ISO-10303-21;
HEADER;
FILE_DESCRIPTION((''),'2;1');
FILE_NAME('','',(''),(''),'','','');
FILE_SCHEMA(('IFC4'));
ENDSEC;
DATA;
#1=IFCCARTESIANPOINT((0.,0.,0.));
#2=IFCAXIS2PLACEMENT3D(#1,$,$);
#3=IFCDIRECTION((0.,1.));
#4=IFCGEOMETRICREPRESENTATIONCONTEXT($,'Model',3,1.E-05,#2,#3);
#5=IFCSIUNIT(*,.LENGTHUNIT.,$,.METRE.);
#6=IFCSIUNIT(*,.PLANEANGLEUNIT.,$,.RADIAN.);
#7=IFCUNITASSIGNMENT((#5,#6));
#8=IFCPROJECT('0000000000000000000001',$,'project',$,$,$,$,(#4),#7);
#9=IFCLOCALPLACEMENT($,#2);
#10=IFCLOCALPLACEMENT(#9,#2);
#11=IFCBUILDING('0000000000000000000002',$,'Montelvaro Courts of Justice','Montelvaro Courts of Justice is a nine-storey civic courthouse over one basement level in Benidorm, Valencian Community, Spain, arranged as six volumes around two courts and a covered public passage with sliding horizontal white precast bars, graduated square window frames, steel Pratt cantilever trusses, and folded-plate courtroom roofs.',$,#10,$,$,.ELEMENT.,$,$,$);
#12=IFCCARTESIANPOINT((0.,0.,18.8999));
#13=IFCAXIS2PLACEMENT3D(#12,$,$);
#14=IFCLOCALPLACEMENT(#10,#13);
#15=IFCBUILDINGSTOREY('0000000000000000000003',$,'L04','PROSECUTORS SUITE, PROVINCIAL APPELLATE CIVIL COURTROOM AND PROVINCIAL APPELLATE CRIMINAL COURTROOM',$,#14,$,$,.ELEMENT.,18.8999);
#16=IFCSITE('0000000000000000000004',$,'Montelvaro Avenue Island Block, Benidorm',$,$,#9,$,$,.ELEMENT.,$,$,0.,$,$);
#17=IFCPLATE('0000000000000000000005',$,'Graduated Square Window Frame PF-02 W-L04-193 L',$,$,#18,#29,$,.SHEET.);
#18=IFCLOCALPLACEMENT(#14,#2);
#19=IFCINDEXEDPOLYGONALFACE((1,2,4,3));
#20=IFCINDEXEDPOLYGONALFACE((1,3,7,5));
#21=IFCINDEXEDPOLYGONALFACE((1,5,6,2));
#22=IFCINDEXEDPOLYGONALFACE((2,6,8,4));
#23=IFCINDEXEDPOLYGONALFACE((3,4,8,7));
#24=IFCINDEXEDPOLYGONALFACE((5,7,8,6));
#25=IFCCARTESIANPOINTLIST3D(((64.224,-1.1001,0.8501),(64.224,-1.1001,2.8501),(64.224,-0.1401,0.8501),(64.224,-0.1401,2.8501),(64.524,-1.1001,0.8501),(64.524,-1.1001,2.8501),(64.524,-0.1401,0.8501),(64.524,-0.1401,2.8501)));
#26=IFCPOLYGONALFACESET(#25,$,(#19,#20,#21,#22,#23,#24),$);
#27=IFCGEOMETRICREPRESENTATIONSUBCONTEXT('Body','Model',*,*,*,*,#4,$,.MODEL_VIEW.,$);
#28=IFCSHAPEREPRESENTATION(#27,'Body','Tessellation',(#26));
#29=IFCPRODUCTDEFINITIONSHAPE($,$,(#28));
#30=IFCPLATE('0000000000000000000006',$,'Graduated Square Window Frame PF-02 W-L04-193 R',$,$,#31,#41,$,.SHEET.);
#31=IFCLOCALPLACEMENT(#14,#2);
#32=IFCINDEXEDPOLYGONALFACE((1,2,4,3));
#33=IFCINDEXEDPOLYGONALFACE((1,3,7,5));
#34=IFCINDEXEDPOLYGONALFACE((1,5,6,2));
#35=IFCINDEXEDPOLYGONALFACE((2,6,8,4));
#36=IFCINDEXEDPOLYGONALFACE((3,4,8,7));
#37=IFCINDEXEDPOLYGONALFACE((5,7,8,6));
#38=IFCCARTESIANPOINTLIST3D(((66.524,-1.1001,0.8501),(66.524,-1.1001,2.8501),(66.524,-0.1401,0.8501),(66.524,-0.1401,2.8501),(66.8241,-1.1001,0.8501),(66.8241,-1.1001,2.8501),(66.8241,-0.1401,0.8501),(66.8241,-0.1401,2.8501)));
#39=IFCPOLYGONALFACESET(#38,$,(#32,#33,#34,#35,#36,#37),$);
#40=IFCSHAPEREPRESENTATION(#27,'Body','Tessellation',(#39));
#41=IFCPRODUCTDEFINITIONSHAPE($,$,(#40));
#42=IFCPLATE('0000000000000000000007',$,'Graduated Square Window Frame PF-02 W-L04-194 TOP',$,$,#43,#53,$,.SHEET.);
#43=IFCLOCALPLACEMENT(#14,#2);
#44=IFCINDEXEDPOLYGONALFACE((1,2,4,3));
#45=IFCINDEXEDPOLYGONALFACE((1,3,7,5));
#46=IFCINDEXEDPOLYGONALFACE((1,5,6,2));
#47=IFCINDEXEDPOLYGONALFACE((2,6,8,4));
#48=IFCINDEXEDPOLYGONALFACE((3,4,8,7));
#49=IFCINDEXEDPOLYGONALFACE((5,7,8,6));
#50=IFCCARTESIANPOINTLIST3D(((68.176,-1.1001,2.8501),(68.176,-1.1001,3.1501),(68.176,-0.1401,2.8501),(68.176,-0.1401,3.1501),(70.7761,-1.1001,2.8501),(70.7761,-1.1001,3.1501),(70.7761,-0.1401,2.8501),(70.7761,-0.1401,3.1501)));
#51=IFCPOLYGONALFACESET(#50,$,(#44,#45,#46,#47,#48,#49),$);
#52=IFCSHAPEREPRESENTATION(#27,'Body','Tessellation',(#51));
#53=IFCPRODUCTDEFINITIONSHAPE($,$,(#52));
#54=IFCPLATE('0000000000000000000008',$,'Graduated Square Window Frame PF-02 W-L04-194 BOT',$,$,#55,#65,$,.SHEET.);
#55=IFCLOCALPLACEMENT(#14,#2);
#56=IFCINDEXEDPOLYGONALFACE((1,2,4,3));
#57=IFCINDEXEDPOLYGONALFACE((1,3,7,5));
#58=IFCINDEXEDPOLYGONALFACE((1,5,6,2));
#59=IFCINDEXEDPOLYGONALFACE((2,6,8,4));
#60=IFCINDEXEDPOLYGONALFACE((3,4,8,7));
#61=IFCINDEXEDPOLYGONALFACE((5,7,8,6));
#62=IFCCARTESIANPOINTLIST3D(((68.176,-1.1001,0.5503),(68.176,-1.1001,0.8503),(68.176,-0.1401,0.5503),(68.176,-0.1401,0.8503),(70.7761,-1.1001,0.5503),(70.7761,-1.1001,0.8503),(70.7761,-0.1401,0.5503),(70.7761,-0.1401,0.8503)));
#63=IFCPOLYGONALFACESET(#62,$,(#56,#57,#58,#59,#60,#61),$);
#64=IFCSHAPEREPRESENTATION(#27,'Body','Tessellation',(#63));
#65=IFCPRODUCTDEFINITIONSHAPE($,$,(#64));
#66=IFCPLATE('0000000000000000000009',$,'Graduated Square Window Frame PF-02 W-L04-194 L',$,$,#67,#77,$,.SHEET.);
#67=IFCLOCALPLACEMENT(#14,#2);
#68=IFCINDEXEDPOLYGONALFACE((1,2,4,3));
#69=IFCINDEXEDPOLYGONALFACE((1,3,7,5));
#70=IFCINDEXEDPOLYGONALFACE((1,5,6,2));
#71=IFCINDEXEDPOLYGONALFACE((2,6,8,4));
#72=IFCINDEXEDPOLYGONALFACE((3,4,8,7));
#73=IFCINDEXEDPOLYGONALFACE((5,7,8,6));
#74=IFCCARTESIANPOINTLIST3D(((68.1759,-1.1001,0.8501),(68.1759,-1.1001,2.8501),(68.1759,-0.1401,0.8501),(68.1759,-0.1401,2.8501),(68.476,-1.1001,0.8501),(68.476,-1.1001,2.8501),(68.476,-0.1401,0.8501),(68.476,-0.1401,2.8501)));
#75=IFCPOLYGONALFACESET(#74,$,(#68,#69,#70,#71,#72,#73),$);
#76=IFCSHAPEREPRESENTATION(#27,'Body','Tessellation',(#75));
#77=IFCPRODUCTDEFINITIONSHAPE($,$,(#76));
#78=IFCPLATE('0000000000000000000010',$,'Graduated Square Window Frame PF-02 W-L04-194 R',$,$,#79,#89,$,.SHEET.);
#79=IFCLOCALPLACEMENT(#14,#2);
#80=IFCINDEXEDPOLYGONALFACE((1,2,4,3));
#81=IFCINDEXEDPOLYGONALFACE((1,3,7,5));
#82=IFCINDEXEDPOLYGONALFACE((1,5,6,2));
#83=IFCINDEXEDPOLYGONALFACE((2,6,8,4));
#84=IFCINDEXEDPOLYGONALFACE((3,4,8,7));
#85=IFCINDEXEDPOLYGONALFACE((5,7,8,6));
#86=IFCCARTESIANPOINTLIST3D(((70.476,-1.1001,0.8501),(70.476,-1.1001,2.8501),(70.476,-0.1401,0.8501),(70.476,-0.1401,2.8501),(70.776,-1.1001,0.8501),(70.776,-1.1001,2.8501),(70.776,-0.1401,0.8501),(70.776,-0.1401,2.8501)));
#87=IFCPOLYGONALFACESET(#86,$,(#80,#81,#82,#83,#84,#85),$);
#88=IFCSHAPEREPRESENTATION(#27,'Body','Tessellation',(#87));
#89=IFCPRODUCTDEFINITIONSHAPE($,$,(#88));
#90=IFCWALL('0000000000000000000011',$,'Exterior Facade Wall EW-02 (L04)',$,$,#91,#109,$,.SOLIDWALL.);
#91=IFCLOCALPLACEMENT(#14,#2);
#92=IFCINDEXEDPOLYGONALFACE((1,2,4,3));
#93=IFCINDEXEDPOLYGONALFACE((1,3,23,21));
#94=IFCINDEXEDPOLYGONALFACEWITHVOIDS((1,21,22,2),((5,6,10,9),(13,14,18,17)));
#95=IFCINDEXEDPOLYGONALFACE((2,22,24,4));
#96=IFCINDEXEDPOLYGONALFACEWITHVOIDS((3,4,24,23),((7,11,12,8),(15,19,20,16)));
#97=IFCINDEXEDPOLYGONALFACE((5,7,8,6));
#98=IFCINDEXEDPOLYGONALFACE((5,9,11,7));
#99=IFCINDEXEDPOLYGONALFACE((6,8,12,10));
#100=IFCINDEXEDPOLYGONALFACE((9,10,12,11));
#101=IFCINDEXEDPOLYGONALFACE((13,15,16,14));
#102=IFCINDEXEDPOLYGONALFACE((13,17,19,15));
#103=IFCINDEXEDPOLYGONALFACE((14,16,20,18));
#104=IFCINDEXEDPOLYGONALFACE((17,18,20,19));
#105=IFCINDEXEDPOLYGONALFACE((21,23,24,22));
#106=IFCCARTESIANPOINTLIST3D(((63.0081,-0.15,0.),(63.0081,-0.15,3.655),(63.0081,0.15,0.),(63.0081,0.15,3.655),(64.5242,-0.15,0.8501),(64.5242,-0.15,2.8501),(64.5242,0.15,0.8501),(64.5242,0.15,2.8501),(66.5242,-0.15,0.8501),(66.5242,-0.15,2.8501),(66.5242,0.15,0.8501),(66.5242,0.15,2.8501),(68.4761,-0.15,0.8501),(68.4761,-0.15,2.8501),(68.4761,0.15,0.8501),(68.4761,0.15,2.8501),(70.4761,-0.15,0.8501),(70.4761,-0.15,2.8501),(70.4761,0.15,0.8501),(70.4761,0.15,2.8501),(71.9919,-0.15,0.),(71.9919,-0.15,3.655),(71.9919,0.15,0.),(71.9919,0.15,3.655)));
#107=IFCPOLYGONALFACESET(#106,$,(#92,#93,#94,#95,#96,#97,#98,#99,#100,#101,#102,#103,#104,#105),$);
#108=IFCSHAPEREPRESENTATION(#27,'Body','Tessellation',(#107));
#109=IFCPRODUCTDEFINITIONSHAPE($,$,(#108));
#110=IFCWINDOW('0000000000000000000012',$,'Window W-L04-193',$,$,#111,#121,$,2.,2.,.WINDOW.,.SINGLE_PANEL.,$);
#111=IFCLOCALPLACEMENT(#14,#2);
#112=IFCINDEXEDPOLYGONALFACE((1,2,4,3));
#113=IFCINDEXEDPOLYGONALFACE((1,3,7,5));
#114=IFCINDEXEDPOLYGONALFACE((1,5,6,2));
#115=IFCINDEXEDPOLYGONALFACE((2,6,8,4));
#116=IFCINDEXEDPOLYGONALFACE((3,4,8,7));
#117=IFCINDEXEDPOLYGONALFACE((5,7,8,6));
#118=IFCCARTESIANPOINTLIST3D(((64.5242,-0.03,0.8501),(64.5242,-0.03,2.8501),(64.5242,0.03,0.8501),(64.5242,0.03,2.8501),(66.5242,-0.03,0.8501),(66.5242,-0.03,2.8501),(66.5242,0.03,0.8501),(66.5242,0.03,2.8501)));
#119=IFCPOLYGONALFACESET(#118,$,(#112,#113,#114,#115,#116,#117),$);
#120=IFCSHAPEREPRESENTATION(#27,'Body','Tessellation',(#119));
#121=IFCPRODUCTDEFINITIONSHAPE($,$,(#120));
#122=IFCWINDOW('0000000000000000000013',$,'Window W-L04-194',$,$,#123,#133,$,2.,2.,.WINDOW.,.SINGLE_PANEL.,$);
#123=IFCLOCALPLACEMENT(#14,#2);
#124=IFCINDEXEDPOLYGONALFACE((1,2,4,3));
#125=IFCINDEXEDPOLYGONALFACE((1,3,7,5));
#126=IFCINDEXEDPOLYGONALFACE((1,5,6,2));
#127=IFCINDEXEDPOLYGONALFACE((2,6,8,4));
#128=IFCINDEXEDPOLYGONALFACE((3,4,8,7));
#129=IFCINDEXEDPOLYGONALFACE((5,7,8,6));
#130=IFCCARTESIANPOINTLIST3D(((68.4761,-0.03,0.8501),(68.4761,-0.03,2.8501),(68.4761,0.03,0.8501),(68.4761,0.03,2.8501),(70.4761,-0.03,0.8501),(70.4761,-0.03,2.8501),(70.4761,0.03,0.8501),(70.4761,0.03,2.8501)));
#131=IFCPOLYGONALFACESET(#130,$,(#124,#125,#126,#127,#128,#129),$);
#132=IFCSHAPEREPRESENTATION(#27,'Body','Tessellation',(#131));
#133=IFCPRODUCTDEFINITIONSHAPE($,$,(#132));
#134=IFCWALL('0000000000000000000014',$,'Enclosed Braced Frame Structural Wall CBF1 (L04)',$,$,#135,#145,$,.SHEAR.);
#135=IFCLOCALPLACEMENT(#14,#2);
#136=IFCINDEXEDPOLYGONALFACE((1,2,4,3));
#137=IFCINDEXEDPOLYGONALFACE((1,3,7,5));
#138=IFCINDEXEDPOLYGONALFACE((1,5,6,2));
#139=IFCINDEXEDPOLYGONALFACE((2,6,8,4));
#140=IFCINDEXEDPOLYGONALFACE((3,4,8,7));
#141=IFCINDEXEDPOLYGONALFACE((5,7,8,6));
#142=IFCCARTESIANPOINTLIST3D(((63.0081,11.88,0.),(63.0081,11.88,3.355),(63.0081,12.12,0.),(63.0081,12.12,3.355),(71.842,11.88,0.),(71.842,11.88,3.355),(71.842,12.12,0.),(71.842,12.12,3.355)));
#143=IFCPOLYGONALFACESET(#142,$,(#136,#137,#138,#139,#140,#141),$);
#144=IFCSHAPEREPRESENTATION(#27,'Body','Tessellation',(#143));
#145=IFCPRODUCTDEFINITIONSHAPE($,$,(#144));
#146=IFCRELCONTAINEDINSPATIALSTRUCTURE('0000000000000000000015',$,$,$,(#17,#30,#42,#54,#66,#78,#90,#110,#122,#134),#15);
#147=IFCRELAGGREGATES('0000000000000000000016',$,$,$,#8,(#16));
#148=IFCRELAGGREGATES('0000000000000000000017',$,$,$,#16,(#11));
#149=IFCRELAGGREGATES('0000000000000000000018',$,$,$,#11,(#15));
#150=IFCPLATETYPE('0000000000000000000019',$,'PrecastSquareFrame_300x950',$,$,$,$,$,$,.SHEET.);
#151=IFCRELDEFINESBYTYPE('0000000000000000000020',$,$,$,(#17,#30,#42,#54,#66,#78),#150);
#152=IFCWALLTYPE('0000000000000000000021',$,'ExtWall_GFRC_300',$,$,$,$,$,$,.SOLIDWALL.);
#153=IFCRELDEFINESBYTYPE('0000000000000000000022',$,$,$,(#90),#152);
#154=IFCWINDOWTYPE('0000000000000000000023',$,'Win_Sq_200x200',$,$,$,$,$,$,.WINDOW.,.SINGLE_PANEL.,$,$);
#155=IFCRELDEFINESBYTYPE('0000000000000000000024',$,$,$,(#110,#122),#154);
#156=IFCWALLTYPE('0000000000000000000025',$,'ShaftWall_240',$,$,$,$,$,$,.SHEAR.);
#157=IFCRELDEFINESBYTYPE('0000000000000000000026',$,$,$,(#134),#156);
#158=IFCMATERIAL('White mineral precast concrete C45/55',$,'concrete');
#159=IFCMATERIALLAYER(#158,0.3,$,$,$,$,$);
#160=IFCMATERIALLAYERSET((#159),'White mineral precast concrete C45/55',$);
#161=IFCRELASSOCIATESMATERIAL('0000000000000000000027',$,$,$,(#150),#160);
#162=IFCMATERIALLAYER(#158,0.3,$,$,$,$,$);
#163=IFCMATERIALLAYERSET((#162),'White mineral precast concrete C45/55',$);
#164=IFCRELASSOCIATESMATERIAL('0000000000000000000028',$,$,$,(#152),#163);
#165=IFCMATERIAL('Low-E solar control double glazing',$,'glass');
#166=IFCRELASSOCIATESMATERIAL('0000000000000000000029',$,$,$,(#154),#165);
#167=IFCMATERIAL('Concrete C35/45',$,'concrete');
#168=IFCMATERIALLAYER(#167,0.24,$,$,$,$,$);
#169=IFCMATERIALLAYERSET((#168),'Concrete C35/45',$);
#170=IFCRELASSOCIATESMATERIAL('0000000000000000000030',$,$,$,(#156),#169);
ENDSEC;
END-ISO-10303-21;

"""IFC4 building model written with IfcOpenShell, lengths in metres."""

from ifc_helpers import new_model, si_unit, direction, frame, frame_2d, origin, origin_2d, place, context, subcontext, project, spatial, rectangle, extrude, material, layer, layer_set, type_object, element, fill, save


model = new_model("IFC4")

# Units and contexts
model_context = context("Model", 3, precision=1e-05, world=origin(), true_north=direction((0.0, 1.0)))
body_context = subcontext(model_context, "Body", "Model", "MODEL_VIEW")
ifc_project = project(units=[si_unit("LENGTHUNIT", "METRE"), si_unit("PLANEANGLEUNIT", "RADIAN")], contexts=[model_context])

# Site, building, storey
site_placement = place(None, origin())
site = spatial("IfcSite", under=ifc_project, at=site_placement, Name="Montelvaro Avenue Island Block, Benidorm", CompositionType="ELEMENT", RefElevation=0.0)
building_placement = place(site_placement, origin())
building = spatial("IfcBuilding", under=site, at=building_placement, Name="Montelvaro Courts of Justice", Description="Montelvaro Courts of Justice is a nine-storey civic courthouse over one basement level in Benidorm, Valencian Community, Spain, arranged as six volumes around two courts and a covered public passage with sliding horizontal white precast bars, graduated square window frames, steel Pratt cantilever trusses, and folded-plate courtroom roofs.", CompositionType="ELEMENT")
storey_placement = place(building_placement, frame((0.0, 0.0, 18.8999)))
storey = spatial("IfcBuildingStorey", under=building, at=storey_placement, Name="L04", Description="PROSECUTORS SUITE, PROVINCIAL APPELLATE CIVIL COURTROOM AND PROVINCIAL APPELLATE CRIMINAL COURTROOM", CompositionType="ELEMENT", Elevation=18.8999)

# Plates
ifc_material_1 = material(Name="White mineral precast concrete C45/55", Category="concrete")
ifc_layer_1 = layer(ifc_material_1, 0.3)
ifc_layer_set_1 = layer_set([ifc_layer_1], Name="White mineral precast concrete C45/55")
plate_type_1 = type_object("IfcPlateType", Name="PrecastSquareFrame_300x950", PredefinedType="SHEET", material=ifc_layer_set_1)
for number, where, z_axis, x_axis, name in (
    (1, (64.374, -0.6201, 0.8501), (0.0, 0.0, 1.0), (1.0, 0.0, 0.0), "Graduated Square Window Frame PF-02 W-L04-193 L"),
    (2, (66.6741, -0.6201, 0.8501), (0.0, 0.0, 1.0), (1.0, 0.0, 0.0), "Graduated Square Window Frame PF-02 W-L04-193 R"),
):
    element("IfcPlate", number, at=place(storey_placement, frame(where, z_axis=z_axis, x_axis=x_axis)), inside=storey, type_object=plate_type_1, Name=name, PredefinedType="SHEET", context=body_context, shape_type="SweptSolid", body=[
        extrude(rectangle(XDim=0.3, YDim=0.96, at=origin_2d()), origin(), (0.0, 0.0, 1.0), 2.0),
    ])
for number, where, z_axis, x_axis, name in (
    (3, (69.4761, -0.6201, 2.8501), (0.0, 0.0, 1.0), (1.0, 0.0, 0.0), "Graduated Square Window Frame PF-02 W-L04-194 TOP"),
    (4, (69.4761, -0.6201, 0.5503), (0.0, 0.0, 1.0), (1.0, 0.0, 0.0), "Graduated Square Window Frame PF-02 W-L04-194 BOT"),
):
    element("IfcPlate", number, at=place(storey_placement, frame(where, z_axis=z_axis, x_axis=x_axis)), inside=storey, type_object=plate_type_1, Name=name, PredefinedType="SHEET", context=body_context, shape_type="SweptSolid", body=[
        extrude(rectangle(XDim=2.6001, YDim=0.96, at=origin_2d()), origin(), (0.0, 0.0, 1.0), 0.3),
    ])
for number, where, z_axis, x_axis, name in (
    (5, (68.3259, -0.6201, 0.8501), (0.0, 0.0, 1.0), (1.0, 0.0, 0.0), "Graduated Square Window Frame PF-02 W-L04-194 L"),
    (6, (70.626, -0.6201, 0.8501), (0.0, 0.0, 1.0), (1.0, 0.0, 0.0), "Graduated Square Window Frame PF-02 W-L04-194 R"),
):
    element("IfcPlate", number, at=place(storey_placement, frame(where, z_axis=z_axis, x_axis=x_axis)), inside=storey, type_object=plate_type_1, Name=name, PredefinedType="SHEET", context=body_context, shape_type="SweptSolid", body=[
        extrude(rectangle(XDim=0.3, YDim=0.96, at=origin_2d()), origin(), (0.0, 0.0, 1.0), 2.0),
    ])

# Wall, openings, windows
ifc_layer_2 = layer(ifc_material_1, 0.3)
ifc_layer_set_2 = layer_set([ifc_layer_2], Name="White mineral precast concrete C45/55")
wall_type_1 = type_object("IfcWallType", Name="ExtWall_GFRC_300", PredefinedType="SOLIDWALL", material=ifc_layer_set_2)
wall_1_placement = place(storey_placement, frame((63.0081, 0.0, 0.0), z_axis=(0.0, 0.0, 1.0), x_axis=(1.0, 0.0, 0.0)))
wall_1 = element("IfcWall", 7, at=wall_1_placement, inside=storey, type_object=wall_type_1, Name="Exterior Facade Wall EW-02 (L04)", PredefinedType="SOLIDWALL", context=body_context, shape_type="SweptSolid", body=[
    extrude(rectangle(XDim=8.9839, YDim=0.3, at=frame_2d((4.4919, 0.0))), origin(), (0.0, 0.0, 1.0), 3.655),
])
opening_1_placement = place(wall_1_placement, frame((1.5161, 0.0, 0.8501)))
opening_1 = element("IfcOpeningElement", 8, at=opening_1_placement, cuts=wall_1, PredefinedType="OPENING", context=body_context, shape_type="SweptSolid", body=[
    extrude(rectangle(XDim=2.0, YDim=2.0, at=frame_2d((1.0, 1.0))), frame((0.0, 0.165, 0.0), z_axis=(0.0, -1.0, 0.0), x_axis=(1.0, 0.0, 0.0)), (0.0, 0.0, 1.0), 0.3298),
])
opening_2_placement = place(wall_1_placement, frame((5.468, 0.0, 0.8501)))
opening_2 = element("IfcOpeningElement", 9, at=opening_2_placement, cuts=wall_1, PredefinedType="OPENING", context=body_context, shape_type="SweptSolid", body=[
    extrude(rectangle(XDim=2.0, YDim=2.0, at=frame_2d((1.0, 1.0))), frame((0.0, 0.165, 0.0), z_axis=(0.0, -1.0, 0.0), x_axis=(1.0, 0.0, 0.0)), (0.0, 0.0, 1.0), 0.3298),
])
ifc_material_2 = material(Name="Low-E solar control double glazing", Category="glass")
window_type = type_object("IfcWindowType", Name="Win_Sq_200x200", PartitioningType="SINGLE_PANEL", PredefinedType="WINDOW", material=ifc_material_2)
window_1_placement = place(opening_1_placement, origin())
window_1 = element("IfcWindow", 10, at=window_1_placement, inside=storey, type_object=window_type, Name="Window W-L04-193", OverallHeight=2.0, OverallWidth=2.0, PartitioningType="SINGLE_PANEL", PredefinedType="WINDOW", context=body_context, shape_type="SweptSolid", body=[
    extrude(rectangle(XDim=2.0, YDim=2.0, at=frame_2d((1.0, 1.0))), frame((0.0, 0.03, 0.0), z_axis=(0.0, -1.0, 0.0), x_axis=(1.0, 0.0, 0.0)), (0.0, 0.0, 1.0), 0.0601),
])
fill(opening_1, window_1)
window_2_placement = place(opening_2_placement, origin())
window_2 = element("IfcWindow", 11, at=window_2_placement, inside=storey, type_object=window_type, Name="Window W-L04-194", OverallHeight=2.0, OverallWidth=2.0, PartitioningType="SINGLE_PANEL", PredefinedType="WINDOW", context=body_context, shape_type="SweptSolid", body=[
    extrude(rectangle(XDim=2.0, YDim=2.0, at=frame_2d((1.0, 1.0))), frame((0.0, 0.03, 0.0), z_axis=(0.0, -1.0, 0.0), x_axis=(1.0, 0.0, 0.0)), (0.0, 0.0, 1.0), 0.0601),
])
fill(opening_2, window_2)

# Wall
ifc_material_3 = material(Name="Concrete C35/45", Category="concrete")
ifc_layer_3 = layer(ifc_material_3, 0.24)
ifc_layer_set_3 = layer_set([ifc_layer_3], Name="Concrete C35/45")
wall_type_2 = type_object("IfcWallType", Name="ShaftWall_240", PredefinedType="SHEAR", material=ifc_layer_set_3)
wall_2_placement = place(storey_placement, frame((63.0081, 12.0, 0.0), z_axis=(0.0, 0.0, 1.0), x_axis=(1.0, 0.0, 0.0)))
element("IfcWall", 12, at=wall_2_placement, inside=storey, type_object=wall_type_2, Name="Enclosed Braced Frame Structural Wall CBF1 (L04)", PredefinedType="SHEAR", context=body_context, shape_type="SweptSolid", body=[
    extrude(rectangle(XDim=8.834, YDim=0.24, at=frame_2d((4.417, 0.0))), origin(), (0.0, 0.0, 1.0), 3.355),
])

save(model, "model.ifc")
